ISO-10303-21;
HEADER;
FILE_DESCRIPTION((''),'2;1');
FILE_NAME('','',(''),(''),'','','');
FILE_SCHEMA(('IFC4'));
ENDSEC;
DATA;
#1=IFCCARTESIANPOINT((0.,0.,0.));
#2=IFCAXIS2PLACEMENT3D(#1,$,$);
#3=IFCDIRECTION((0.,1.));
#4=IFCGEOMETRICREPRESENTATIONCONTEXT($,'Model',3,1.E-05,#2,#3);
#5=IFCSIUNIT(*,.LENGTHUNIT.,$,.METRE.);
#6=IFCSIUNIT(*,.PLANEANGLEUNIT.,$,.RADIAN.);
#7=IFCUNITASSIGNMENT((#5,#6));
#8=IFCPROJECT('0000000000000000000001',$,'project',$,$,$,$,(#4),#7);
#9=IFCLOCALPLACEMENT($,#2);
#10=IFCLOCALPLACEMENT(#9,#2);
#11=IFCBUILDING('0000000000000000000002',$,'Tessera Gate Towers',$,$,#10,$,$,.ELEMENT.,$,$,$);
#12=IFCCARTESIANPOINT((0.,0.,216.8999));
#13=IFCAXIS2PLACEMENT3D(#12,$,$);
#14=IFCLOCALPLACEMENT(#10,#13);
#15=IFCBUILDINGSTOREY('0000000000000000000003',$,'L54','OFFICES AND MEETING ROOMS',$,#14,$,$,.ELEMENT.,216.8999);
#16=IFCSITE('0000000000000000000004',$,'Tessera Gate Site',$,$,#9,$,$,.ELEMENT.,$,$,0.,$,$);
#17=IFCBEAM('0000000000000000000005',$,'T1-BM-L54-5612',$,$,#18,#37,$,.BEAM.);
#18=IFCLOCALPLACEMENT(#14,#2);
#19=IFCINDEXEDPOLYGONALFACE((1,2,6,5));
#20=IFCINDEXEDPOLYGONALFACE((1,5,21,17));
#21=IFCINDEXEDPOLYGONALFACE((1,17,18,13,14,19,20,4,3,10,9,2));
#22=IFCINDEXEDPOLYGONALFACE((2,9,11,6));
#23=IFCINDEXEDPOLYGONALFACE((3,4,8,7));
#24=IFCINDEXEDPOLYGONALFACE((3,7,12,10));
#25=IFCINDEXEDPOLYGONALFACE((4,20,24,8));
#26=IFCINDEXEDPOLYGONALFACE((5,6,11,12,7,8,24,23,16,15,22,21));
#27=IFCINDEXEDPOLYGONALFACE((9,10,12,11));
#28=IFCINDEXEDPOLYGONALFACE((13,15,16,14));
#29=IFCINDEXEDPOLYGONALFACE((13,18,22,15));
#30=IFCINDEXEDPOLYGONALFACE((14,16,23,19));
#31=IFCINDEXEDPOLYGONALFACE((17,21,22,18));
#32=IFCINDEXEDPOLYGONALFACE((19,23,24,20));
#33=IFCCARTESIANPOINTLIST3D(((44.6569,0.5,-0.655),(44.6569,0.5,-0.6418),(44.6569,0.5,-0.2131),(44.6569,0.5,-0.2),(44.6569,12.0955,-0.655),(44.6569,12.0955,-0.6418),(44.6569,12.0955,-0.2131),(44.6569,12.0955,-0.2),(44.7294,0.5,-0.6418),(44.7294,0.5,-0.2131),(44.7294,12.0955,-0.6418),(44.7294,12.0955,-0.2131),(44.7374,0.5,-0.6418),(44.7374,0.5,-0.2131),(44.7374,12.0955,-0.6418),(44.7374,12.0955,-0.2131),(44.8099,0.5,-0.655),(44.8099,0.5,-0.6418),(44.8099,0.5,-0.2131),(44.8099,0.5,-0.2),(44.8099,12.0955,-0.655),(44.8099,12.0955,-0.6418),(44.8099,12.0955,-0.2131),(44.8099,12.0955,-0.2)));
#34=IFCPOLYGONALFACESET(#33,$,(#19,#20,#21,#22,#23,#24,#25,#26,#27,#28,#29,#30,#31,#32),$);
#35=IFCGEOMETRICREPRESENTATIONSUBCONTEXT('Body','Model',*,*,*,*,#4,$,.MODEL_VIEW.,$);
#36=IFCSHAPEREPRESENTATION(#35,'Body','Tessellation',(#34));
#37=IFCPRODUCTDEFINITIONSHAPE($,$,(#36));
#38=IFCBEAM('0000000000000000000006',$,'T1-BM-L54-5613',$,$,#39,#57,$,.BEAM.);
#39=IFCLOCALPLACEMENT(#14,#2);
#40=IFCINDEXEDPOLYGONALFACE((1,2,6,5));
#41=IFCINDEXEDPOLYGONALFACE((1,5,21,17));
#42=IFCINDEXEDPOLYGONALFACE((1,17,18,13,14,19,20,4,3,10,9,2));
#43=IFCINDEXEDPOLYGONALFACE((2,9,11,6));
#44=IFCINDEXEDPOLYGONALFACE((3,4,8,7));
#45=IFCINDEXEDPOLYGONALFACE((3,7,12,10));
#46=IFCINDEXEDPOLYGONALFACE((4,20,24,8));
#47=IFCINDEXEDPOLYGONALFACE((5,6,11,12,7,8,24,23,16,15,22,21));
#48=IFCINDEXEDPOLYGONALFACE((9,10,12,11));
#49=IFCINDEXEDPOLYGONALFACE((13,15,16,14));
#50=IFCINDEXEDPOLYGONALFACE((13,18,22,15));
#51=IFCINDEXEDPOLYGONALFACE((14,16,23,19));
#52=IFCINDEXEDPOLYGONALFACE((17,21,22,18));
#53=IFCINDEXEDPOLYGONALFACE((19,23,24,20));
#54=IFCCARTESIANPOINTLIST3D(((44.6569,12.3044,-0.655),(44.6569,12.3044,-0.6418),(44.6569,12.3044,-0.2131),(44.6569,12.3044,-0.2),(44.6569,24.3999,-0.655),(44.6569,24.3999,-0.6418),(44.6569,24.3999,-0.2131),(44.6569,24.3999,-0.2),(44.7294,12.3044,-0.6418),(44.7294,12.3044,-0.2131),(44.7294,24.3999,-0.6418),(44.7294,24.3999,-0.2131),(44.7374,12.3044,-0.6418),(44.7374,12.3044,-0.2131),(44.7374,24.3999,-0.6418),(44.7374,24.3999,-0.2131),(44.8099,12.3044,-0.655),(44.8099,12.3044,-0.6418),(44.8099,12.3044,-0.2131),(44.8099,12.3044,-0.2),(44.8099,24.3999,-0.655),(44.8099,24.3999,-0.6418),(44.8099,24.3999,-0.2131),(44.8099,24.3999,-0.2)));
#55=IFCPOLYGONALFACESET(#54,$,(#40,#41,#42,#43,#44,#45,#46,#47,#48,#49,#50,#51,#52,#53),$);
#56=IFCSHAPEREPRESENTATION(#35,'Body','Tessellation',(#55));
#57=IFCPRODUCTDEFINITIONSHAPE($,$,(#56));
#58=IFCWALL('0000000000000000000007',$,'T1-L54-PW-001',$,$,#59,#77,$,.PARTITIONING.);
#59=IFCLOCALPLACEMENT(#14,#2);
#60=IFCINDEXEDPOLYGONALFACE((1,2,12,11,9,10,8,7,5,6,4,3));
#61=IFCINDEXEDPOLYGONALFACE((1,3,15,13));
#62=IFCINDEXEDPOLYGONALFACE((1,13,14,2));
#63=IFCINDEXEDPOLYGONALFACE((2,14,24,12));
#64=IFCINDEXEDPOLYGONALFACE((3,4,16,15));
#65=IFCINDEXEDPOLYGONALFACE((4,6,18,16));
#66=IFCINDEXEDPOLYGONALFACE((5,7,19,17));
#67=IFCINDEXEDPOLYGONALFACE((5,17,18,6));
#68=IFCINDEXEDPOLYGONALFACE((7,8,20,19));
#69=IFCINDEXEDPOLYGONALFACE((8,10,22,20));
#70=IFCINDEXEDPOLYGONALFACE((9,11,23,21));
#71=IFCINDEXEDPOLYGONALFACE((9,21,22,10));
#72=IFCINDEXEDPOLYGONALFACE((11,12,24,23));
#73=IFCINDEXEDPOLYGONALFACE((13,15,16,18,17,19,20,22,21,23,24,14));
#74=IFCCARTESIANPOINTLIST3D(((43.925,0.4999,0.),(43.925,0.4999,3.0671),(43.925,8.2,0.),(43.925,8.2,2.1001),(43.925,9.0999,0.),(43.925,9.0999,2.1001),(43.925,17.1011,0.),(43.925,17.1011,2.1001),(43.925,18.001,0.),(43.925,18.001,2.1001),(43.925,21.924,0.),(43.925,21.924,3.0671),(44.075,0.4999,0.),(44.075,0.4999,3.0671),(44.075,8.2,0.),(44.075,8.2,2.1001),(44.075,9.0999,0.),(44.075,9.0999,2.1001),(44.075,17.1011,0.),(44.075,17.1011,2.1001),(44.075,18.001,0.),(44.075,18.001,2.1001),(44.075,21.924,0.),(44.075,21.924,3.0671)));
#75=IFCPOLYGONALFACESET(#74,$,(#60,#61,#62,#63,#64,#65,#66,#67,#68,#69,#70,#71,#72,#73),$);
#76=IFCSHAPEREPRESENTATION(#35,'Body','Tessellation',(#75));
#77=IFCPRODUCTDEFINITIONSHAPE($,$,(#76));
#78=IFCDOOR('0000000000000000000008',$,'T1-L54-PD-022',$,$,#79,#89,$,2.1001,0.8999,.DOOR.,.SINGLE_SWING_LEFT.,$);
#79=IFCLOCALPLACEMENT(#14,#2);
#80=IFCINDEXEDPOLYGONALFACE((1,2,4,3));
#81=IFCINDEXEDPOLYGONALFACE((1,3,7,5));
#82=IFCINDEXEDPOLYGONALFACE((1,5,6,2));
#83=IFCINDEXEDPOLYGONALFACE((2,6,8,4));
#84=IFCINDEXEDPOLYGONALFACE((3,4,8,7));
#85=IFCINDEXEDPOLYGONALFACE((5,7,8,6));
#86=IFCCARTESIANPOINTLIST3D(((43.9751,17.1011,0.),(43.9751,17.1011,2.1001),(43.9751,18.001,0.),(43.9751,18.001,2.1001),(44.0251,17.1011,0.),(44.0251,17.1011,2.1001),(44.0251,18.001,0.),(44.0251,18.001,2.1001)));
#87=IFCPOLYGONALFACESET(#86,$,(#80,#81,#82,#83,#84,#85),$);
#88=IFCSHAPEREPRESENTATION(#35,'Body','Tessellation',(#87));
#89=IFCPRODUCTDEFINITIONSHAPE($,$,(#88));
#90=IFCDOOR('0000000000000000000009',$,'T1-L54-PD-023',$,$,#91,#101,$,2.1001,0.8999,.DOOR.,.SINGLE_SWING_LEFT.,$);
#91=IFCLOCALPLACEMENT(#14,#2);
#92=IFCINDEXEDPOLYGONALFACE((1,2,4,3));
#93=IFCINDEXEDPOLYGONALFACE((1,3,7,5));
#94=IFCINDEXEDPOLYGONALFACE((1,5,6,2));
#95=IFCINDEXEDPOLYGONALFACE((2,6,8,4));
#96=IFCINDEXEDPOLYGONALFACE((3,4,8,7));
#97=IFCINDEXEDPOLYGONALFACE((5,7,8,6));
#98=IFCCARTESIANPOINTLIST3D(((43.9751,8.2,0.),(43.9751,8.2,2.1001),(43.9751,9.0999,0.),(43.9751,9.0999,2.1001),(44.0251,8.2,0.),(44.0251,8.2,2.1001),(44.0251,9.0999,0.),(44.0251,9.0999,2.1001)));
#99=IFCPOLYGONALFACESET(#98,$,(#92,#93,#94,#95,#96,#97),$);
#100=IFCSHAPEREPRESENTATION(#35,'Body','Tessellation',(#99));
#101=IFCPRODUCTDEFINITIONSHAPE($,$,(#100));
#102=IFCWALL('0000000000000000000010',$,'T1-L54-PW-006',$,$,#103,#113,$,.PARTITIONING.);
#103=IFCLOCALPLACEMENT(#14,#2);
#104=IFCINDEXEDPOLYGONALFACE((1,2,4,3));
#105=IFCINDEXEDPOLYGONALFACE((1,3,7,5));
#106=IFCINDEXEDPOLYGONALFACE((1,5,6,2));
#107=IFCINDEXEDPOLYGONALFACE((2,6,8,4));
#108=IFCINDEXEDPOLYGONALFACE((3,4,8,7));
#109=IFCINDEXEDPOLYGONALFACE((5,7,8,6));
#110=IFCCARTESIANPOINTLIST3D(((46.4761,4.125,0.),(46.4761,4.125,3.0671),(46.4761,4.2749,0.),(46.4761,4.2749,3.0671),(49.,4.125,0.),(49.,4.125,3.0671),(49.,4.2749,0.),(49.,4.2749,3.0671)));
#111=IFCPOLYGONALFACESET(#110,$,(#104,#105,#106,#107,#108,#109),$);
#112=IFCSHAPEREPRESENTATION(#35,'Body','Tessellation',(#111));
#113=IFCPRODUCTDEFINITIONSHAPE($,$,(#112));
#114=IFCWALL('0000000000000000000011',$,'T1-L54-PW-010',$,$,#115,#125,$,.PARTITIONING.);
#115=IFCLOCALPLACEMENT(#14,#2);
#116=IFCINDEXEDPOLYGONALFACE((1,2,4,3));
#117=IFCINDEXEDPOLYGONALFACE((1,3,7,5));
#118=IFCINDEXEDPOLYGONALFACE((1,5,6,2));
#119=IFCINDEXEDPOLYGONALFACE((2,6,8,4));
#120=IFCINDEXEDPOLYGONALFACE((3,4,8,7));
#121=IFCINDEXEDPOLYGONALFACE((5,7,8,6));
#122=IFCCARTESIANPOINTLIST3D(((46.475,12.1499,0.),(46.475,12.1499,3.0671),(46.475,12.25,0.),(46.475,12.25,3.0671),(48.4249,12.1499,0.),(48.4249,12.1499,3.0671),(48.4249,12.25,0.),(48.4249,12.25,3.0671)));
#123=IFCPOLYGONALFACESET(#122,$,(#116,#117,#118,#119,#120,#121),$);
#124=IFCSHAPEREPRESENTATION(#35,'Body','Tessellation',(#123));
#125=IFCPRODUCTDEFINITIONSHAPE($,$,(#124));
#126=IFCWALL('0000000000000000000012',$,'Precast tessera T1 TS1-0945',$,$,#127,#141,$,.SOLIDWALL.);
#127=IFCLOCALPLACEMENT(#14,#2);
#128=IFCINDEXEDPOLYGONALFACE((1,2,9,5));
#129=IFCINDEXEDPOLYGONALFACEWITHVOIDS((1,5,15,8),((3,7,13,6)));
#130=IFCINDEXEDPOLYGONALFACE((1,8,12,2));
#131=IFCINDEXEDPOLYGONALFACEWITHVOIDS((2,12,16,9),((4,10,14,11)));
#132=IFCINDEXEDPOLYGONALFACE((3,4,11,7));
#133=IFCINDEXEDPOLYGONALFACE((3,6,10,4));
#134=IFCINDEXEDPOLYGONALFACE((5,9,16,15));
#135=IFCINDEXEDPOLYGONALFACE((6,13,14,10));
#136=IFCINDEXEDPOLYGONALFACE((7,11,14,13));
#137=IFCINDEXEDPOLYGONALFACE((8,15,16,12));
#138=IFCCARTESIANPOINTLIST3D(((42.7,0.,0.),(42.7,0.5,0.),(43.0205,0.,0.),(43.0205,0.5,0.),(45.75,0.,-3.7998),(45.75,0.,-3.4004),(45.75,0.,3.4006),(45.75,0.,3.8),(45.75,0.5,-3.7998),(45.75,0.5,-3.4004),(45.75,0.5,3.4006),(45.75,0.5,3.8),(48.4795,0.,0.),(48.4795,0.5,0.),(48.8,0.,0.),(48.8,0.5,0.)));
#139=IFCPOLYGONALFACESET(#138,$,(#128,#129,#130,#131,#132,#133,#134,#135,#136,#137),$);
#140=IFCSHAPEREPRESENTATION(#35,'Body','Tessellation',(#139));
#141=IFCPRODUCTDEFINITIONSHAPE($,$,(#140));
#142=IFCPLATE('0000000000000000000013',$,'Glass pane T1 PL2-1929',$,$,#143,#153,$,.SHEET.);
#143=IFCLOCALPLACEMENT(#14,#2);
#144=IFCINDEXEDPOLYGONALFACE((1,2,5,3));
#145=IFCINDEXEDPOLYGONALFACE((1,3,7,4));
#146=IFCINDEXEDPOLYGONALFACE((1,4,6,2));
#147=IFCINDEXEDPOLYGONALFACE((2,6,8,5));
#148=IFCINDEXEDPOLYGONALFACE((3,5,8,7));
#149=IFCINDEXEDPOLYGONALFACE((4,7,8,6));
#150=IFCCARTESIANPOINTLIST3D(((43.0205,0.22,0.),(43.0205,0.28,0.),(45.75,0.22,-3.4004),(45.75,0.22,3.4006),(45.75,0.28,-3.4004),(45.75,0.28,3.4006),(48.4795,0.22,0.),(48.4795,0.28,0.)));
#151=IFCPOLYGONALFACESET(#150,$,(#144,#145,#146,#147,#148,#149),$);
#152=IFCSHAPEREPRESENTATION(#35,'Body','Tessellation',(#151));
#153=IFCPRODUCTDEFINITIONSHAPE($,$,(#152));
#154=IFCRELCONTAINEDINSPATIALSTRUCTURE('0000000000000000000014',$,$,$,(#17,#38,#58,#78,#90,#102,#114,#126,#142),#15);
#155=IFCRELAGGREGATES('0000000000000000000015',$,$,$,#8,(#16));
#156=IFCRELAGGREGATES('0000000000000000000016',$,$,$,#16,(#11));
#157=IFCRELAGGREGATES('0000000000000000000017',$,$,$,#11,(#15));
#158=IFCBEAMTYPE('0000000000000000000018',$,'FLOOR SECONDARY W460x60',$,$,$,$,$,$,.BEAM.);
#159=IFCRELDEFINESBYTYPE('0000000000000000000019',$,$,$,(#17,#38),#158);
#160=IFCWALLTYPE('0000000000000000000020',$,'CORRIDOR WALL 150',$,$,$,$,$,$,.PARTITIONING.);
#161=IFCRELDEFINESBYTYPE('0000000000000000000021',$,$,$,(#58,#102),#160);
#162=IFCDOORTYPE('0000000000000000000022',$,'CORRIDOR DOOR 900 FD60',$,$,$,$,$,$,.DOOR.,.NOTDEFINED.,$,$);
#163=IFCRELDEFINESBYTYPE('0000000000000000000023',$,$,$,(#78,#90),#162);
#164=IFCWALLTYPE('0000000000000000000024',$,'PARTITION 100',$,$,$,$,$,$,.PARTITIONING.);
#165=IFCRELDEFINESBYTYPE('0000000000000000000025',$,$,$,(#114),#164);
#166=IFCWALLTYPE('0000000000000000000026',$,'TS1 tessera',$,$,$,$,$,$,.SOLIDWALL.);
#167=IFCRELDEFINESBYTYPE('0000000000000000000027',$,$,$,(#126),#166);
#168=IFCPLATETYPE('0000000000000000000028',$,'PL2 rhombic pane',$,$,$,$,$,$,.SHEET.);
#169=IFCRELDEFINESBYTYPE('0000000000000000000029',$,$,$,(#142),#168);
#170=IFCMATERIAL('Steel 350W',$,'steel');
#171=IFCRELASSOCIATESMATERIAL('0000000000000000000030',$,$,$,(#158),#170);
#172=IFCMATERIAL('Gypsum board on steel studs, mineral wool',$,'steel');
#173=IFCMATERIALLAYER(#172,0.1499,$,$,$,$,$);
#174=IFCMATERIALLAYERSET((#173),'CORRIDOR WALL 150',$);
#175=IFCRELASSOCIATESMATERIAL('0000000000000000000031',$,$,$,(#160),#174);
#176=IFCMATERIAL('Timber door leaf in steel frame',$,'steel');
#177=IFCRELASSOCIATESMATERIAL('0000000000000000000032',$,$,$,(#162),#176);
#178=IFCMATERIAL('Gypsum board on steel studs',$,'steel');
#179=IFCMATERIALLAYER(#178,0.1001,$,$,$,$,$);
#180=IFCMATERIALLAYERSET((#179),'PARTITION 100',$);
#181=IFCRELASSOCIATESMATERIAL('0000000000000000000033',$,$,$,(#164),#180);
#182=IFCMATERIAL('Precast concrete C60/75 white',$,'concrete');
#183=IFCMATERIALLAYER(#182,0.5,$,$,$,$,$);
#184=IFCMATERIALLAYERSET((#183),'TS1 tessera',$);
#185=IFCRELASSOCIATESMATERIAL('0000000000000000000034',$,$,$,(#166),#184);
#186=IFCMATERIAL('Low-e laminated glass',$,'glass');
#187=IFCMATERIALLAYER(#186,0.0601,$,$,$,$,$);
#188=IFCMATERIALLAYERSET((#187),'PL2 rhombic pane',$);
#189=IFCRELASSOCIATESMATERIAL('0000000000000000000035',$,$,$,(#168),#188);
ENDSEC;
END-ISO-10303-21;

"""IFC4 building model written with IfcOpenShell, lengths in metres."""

from ifc_helpers import new_model, si_unit, direction, frame, frame_2d, origin, origin_2d, place, context, subcontext, project, spatial, polyline, rectangle, i_section, outline, extrude, source, transform, mapped, material, layer, layer_set, material_profile, profile_set, type_object, element, fill, save


model = new_model("IFC4")

# Units and contexts
model_context = context("Model", 3, precision=1e-05, world=origin(), true_north=direction((0.0, 1.0)))
body_context = subcontext(model_context, "Body", "Model", "MODEL_VIEW")
ifc_project = project(units=[si_unit("LENGTHUNIT", "METRE"), si_unit("PLANEANGLEUNIT", "RADIAN")], contexts=[model_context])

# Site, building, storey
site_placement = place(None, origin())
site = spatial("IfcSite", under=ifc_project, at=site_placement, Name="Tessera Gate Site", CompositionType="ELEMENT", RefElevation=0.0)
building_placement = place(site_placement, origin())
building = spatial("IfcBuilding", under=site, at=building_placement, Name="Tessera Gate Towers", CompositionType="ELEMENT")
storey_placement = place(building_placement, frame((0.0, 0.0, 216.8999)))
storey = spatial("IfcBuildingStorey", under=building, at=storey_placement, Name="L54", Description="OFFICES AND MEETING ROOMS", CompositionType="ELEMENT", Elevation=216.8999)

# Beams
ifc_material_1 = material(Name="Steel 350W", Category="steel")
ifc_material_profile_1 = material_profile(ifc_material_1, i_section(OverallWidth=0.1531, OverallDepth=0.4551, WebThickness=0.0081, FlangeThickness=0.0132, at=origin_2d()), Name="W460x60")
ifc_profile_set_1 = profile_set([ifc_material_profile_1], Name="Steel 350W")
beam_type_1 = type_object("IfcBeamType", Name="FLOOR SECONDARY W460x60", PredefinedType="BEAM", material=ifc_profile_set_1)
beam_1_placement = place(storey_placement, frame((44.7334, 0.5, -0.4275), z_axis=(0.0, 1.0, 0.0), x_axis=(-1.0, 0.0, 0.0)))
element("IfcBeam", 1, at=beam_1_placement, inside=storey, type_object=beam_type_1, Name="T1-BM-L54-5612", PredefinedType="BEAM", context=body_context, shape_type="SweptSolid", body=[
    extrude(i_section(OverallWidth=0.1531, OverallDepth=0.4551, WebThickness=0.0081, FlangeThickness=0.0132, at=origin_2d()), origin(), (0.0, 0.0, 1.0), 11.5955),
])
beam_2_placement = place(storey_placement, frame((44.7334, 12.3044, -0.4275), z_axis=(0.0, 1.0, 0.0), x_axis=(-1.0, 0.0, 0.0)))
element("IfcBeam", 2, at=beam_2_placement, inside=storey, type_object=beam_type_1, Name="T1-BM-L54-5613", PredefinedType="BEAM", context=body_context, shape_type="SweptSolid", body=[
    extrude(i_section(OverallWidth=0.1531, OverallDepth=0.4551, WebThickness=0.0081, FlangeThickness=0.0132, at=origin_2d()), origin(), (0.0, 0.0, 1.0), 12.0955),
])

# Wall, openings, doors
ifc_material_2 = material(Name="Gypsum board on steel studs, mineral wool", Category="steel")
ifc_layer_1 = layer(ifc_material_2, 0.1499)
ifc_layer_set_1 = layer_set([ifc_layer_1], Name="CORRIDOR WALL 150")
wall_type_1 = type_object("IfcWallType", Name="CORRIDOR WALL 150", PredefinedType="PARTITIONING", material=ifc_layer_set_1)
wall_1_placement = place(storey_placement, frame((44.0, 0.5, 0.0), z_axis=(0.0, 0.0, 1.0), x_axis=(0.0, 1.0, 0.0)))
wall_1 = element("IfcWall", 3, at=wall_1_placement, inside=storey, type_object=wall_type_1, Name="T1-L54-PW-001", PredefinedType="PARTITIONING", context=body_context, shape_type="SweptSolid", body=[
    extrude(rectangle(XDim=21.4241, YDim=0.1499, at=frame_2d((10.7119, 0.0))), origin(), (0.0, 0.0, 1.0), 3.0671),
])
shared_shape_1 = source(origin(), body_context, "Body", "SweptSolid", [
    extrude(rectangle(XDim=0.8999, YDim=2.1001, at=frame_2d((0.45, 1.05))), frame((0.0, 0.085, 0.0), z_axis=(0.0, -1.0, 0.0), x_axis=(1.0, 0.0, 0.0)), (0.0, 0.0, 1.0), 0.1699),
])
opening_1_placement = place(wall_1_placement, frame((16.6011, 0.0, 0.0)))
opening_1 = element("IfcOpeningElement", 4, at=opening_1_placement, cuts=wall_1, PredefinedType="OPENING", context=body_context, shape_type="MappedRepresentation", body=[
    mapped(shared_shape_1, transform((0.0, 0.0, 0.0), scale=1.0)),
])
opening_2_placement = place(wall_1_placement, frame((7.7, 0.0, 0.0)))
opening_2 = element("IfcOpeningElement", 5, at=opening_2_placement, cuts=wall_1, PredefinedType="OPENING", context=body_context, shape_type="MappedRepresentation", body=[
    mapped(shared_shape_1, transform((0.0, 0.0, 0.0), scale=1.0)),
])
ifc_material_3 = material(Name="Timber door leaf in steel frame", Category="steel")
door_type = type_object("IfcDoorType", Name="CORRIDOR DOOR 900 FD60", OperationType="NOTDEFINED", PredefinedType="DOOR", material=ifc_material_3)
shared_shape_2 = source(origin(), body_context, "Body", "SweptSolid", [
    extrude(rectangle(XDim=0.8999, YDim=2.1001, at=frame_2d((0.45, 1.05))), frame((0.0, 0.0249, 0.0), z_axis=(0.0, -1.0, 0.0), x_axis=(1.0, 0.0, 0.0)), (0.0, 0.0, 1.0), 0.05),
])
door_1_placement = place(opening_1_placement, origin())
door_1 = element("IfcDoor", 6, at=door_1_placement, inside=storey, type_object=door_type, Name="T1-L54-PD-022", OperationType="SINGLE_SWING_LEFT", OverallHeight=2.1001, OverallWidth=0.8999, PredefinedType="DOOR", context=body_context, shape_type="MappedRepresentation", body=[
    mapped(shared_shape_2, transform((0.0, 0.0, 0.0), scale=1.0)),
])
fill(opening_1, door_1)
door_2_placement = place(opening_2_placement, origin())
door_2 = element("IfcDoor", 7, at=door_2_placement, inside=storey, type_object=door_type, Name="T1-L54-PD-023", OperationType="SINGLE_SWING_LEFT", OverallHeight=2.1001, OverallWidth=0.8999, PredefinedType="DOOR", context=body_context, shape_type="MappedRepresentation", body=[
    mapped(shared_shape_2, transform((0.0, 0.0, 0.0), scale=1.0)),
])
fill(opening_2, door_2)

# Walls
wall_2_placement = place(storey_placement, frame((46.4761, 4.2, 0.0), z_axis=(0.0, 0.0, 1.0), x_axis=(1.0, 0.0, 0.0)))
element("IfcWall", 8, at=wall_2_placement, inside=storey, type_object=wall_type_1, Name="T1-L54-PW-006", PredefinedType="PARTITIONING", context=body_context, shape_type="SweptSolid", body=[
    extrude(rectangle(XDim=2.5239, YDim=0.1499, at=frame_2d((1.262, 0.0))), origin(), (0.0, 0.0, 1.0), 3.0671),
])
ifc_material_4 = material(Name="Gypsum board on steel studs", Category="steel")
ifc_layer_2 = layer(ifc_material_4, 0.1001)
ifc_layer_set_2 = layer_set([ifc_layer_2], Name="PARTITION 100")
wall_type_2 = type_object("IfcWallType", Name="PARTITION 100", PredefinedType="PARTITIONING", material=ifc_layer_set_2)
wall_3_placement = place(storey_placement, frame((48.425, 12.2, 0.0), z_axis=(0.0, 0.0, 1.0), x_axis=(-1.0, 0.0, 0.0)))
element("IfcWall", 9, at=wall_3_placement, inside=storey, type_object=wall_type_2, Name="T1-L54-PW-010", PredefinedType="PARTITIONING", context=body_context, shape_type="SweptSolid", body=[
    extrude(rectangle(XDim=1.95, YDim=0.1001, at=frame_2d((0.9751, 0.0))), origin(), (0.0, 0.0, 1.0), 3.0671),
])

# Wall, opening, plate
ifc_material_5 = material(Name="Precast concrete C60/75 white", Category="concrete")
ifc_layer_3 = layer(ifc_material_5, 0.5)
ifc_layer_set_3 = layer_set([ifc_layer_3], Name="TS1 tessera")
wall_type_3 = type_object("IfcWallType", Name="TS1 tessera", PredefinedType="SOLIDWALL", material=ifc_layer_set_3)
shared_shape_3 = source(origin(), body_context, "Body", "SweptSolid", [
    extrude(outline(polyline([(3.05, 0.0), (6.1001, 3.7998), (3.05, 7.5999), (0.0, 3.7998), (3.05, 0.0)])), frame((0.0, 0.25, 0.0), z_axis=(0.0, -1.0, 0.0), x_axis=(1.0, 0.0, 0.0)), (0.0, 0.0, 1.0), 0.5),
])
wall_4_placement = place(storey_placement, frame((42.7, 0.25, -3.7998), z_axis=(0.0, 0.0, 1.0), x_axis=(1.0, 0.0, 0.0)))
wall_4 = element("IfcWall", 10, at=wall_4_placement, inside=storey, type_object=wall_type_3, Name="Precast tessera T1 TS1-0945", PredefinedType="SOLIDWALL", context=body_context, shape_type="MappedRepresentation", body=[
    mapped(shared_shape_3, transform((0.0, 0.0, 0.0), scale=1.0)),
])
shared_shape_4 = source(origin(), body_context, "Body", "SweptSolid", [
    extrude(outline(polyline([(3.05, 0.3994), (5.7795, 3.7998), (3.05, 7.2004), (0.3206, 3.7998), (3.05, 0.3994)])), frame((0.0, 0.26, 0.0), z_axis=(0.0, -1.0, 0.0), x_axis=(1.0, 0.0, 0.0)), (0.0, 0.0, 1.0), 0.52),
])
opening_3_placement = place(wall_4_placement, origin())
opening_3 = element("IfcOpeningElement", 11, at=opening_3_placement, cuts=wall_4, PredefinedType="OPENING", context=body_context, shape_type="MappedRepresentation", body=[
    mapped(shared_shape_4, transform((0.0, 0.0, 0.0), scale=1.0)),
])
ifc_material_6 = material(Name="Low-e laminated glass", Category="glass")
ifc_layer_4 = layer(ifc_material_6, 0.0601)
ifc_layer_set_4 = layer_set([ifc_layer_4], Name="PL2 rhombic pane")
plate_type = type_object("IfcPlateType", Name="PL2 rhombic pane", PredefinedType="SHEET", material=ifc_layer_set_4)
shared_shape_5 = source(origin(), body_context, "Body", "SweptSolid", [
    extrude(outline(polyline([(3.05, 0.3994), (5.7795, 3.7998), (3.05, 7.2004), (0.3206, 3.7998), (3.05, 0.3994)])), frame((0.0, 0.03, 0.0), z_axis=(0.0, -1.0, 0.0), x_axis=(1.0, 0.0, 0.0)), (0.0, 0.0, 1.0), 0.0601),
])
plate_placement = place(opening_3_placement, origin())
plate = element("IfcPlate", 12, at=plate_placement, inside=storey, type_object=plate_type, Name="Glass pane T1 PL2-1929", PredefinedType="SHEET", context=body_context, shape_type="MappedRepresentation", body=[
    mapped(shared_shape_5, transform((0.0, 0.0, 0.0), scale=1.0)),
])
fill(opening_3, plate)

save(model, "model.ifc")
